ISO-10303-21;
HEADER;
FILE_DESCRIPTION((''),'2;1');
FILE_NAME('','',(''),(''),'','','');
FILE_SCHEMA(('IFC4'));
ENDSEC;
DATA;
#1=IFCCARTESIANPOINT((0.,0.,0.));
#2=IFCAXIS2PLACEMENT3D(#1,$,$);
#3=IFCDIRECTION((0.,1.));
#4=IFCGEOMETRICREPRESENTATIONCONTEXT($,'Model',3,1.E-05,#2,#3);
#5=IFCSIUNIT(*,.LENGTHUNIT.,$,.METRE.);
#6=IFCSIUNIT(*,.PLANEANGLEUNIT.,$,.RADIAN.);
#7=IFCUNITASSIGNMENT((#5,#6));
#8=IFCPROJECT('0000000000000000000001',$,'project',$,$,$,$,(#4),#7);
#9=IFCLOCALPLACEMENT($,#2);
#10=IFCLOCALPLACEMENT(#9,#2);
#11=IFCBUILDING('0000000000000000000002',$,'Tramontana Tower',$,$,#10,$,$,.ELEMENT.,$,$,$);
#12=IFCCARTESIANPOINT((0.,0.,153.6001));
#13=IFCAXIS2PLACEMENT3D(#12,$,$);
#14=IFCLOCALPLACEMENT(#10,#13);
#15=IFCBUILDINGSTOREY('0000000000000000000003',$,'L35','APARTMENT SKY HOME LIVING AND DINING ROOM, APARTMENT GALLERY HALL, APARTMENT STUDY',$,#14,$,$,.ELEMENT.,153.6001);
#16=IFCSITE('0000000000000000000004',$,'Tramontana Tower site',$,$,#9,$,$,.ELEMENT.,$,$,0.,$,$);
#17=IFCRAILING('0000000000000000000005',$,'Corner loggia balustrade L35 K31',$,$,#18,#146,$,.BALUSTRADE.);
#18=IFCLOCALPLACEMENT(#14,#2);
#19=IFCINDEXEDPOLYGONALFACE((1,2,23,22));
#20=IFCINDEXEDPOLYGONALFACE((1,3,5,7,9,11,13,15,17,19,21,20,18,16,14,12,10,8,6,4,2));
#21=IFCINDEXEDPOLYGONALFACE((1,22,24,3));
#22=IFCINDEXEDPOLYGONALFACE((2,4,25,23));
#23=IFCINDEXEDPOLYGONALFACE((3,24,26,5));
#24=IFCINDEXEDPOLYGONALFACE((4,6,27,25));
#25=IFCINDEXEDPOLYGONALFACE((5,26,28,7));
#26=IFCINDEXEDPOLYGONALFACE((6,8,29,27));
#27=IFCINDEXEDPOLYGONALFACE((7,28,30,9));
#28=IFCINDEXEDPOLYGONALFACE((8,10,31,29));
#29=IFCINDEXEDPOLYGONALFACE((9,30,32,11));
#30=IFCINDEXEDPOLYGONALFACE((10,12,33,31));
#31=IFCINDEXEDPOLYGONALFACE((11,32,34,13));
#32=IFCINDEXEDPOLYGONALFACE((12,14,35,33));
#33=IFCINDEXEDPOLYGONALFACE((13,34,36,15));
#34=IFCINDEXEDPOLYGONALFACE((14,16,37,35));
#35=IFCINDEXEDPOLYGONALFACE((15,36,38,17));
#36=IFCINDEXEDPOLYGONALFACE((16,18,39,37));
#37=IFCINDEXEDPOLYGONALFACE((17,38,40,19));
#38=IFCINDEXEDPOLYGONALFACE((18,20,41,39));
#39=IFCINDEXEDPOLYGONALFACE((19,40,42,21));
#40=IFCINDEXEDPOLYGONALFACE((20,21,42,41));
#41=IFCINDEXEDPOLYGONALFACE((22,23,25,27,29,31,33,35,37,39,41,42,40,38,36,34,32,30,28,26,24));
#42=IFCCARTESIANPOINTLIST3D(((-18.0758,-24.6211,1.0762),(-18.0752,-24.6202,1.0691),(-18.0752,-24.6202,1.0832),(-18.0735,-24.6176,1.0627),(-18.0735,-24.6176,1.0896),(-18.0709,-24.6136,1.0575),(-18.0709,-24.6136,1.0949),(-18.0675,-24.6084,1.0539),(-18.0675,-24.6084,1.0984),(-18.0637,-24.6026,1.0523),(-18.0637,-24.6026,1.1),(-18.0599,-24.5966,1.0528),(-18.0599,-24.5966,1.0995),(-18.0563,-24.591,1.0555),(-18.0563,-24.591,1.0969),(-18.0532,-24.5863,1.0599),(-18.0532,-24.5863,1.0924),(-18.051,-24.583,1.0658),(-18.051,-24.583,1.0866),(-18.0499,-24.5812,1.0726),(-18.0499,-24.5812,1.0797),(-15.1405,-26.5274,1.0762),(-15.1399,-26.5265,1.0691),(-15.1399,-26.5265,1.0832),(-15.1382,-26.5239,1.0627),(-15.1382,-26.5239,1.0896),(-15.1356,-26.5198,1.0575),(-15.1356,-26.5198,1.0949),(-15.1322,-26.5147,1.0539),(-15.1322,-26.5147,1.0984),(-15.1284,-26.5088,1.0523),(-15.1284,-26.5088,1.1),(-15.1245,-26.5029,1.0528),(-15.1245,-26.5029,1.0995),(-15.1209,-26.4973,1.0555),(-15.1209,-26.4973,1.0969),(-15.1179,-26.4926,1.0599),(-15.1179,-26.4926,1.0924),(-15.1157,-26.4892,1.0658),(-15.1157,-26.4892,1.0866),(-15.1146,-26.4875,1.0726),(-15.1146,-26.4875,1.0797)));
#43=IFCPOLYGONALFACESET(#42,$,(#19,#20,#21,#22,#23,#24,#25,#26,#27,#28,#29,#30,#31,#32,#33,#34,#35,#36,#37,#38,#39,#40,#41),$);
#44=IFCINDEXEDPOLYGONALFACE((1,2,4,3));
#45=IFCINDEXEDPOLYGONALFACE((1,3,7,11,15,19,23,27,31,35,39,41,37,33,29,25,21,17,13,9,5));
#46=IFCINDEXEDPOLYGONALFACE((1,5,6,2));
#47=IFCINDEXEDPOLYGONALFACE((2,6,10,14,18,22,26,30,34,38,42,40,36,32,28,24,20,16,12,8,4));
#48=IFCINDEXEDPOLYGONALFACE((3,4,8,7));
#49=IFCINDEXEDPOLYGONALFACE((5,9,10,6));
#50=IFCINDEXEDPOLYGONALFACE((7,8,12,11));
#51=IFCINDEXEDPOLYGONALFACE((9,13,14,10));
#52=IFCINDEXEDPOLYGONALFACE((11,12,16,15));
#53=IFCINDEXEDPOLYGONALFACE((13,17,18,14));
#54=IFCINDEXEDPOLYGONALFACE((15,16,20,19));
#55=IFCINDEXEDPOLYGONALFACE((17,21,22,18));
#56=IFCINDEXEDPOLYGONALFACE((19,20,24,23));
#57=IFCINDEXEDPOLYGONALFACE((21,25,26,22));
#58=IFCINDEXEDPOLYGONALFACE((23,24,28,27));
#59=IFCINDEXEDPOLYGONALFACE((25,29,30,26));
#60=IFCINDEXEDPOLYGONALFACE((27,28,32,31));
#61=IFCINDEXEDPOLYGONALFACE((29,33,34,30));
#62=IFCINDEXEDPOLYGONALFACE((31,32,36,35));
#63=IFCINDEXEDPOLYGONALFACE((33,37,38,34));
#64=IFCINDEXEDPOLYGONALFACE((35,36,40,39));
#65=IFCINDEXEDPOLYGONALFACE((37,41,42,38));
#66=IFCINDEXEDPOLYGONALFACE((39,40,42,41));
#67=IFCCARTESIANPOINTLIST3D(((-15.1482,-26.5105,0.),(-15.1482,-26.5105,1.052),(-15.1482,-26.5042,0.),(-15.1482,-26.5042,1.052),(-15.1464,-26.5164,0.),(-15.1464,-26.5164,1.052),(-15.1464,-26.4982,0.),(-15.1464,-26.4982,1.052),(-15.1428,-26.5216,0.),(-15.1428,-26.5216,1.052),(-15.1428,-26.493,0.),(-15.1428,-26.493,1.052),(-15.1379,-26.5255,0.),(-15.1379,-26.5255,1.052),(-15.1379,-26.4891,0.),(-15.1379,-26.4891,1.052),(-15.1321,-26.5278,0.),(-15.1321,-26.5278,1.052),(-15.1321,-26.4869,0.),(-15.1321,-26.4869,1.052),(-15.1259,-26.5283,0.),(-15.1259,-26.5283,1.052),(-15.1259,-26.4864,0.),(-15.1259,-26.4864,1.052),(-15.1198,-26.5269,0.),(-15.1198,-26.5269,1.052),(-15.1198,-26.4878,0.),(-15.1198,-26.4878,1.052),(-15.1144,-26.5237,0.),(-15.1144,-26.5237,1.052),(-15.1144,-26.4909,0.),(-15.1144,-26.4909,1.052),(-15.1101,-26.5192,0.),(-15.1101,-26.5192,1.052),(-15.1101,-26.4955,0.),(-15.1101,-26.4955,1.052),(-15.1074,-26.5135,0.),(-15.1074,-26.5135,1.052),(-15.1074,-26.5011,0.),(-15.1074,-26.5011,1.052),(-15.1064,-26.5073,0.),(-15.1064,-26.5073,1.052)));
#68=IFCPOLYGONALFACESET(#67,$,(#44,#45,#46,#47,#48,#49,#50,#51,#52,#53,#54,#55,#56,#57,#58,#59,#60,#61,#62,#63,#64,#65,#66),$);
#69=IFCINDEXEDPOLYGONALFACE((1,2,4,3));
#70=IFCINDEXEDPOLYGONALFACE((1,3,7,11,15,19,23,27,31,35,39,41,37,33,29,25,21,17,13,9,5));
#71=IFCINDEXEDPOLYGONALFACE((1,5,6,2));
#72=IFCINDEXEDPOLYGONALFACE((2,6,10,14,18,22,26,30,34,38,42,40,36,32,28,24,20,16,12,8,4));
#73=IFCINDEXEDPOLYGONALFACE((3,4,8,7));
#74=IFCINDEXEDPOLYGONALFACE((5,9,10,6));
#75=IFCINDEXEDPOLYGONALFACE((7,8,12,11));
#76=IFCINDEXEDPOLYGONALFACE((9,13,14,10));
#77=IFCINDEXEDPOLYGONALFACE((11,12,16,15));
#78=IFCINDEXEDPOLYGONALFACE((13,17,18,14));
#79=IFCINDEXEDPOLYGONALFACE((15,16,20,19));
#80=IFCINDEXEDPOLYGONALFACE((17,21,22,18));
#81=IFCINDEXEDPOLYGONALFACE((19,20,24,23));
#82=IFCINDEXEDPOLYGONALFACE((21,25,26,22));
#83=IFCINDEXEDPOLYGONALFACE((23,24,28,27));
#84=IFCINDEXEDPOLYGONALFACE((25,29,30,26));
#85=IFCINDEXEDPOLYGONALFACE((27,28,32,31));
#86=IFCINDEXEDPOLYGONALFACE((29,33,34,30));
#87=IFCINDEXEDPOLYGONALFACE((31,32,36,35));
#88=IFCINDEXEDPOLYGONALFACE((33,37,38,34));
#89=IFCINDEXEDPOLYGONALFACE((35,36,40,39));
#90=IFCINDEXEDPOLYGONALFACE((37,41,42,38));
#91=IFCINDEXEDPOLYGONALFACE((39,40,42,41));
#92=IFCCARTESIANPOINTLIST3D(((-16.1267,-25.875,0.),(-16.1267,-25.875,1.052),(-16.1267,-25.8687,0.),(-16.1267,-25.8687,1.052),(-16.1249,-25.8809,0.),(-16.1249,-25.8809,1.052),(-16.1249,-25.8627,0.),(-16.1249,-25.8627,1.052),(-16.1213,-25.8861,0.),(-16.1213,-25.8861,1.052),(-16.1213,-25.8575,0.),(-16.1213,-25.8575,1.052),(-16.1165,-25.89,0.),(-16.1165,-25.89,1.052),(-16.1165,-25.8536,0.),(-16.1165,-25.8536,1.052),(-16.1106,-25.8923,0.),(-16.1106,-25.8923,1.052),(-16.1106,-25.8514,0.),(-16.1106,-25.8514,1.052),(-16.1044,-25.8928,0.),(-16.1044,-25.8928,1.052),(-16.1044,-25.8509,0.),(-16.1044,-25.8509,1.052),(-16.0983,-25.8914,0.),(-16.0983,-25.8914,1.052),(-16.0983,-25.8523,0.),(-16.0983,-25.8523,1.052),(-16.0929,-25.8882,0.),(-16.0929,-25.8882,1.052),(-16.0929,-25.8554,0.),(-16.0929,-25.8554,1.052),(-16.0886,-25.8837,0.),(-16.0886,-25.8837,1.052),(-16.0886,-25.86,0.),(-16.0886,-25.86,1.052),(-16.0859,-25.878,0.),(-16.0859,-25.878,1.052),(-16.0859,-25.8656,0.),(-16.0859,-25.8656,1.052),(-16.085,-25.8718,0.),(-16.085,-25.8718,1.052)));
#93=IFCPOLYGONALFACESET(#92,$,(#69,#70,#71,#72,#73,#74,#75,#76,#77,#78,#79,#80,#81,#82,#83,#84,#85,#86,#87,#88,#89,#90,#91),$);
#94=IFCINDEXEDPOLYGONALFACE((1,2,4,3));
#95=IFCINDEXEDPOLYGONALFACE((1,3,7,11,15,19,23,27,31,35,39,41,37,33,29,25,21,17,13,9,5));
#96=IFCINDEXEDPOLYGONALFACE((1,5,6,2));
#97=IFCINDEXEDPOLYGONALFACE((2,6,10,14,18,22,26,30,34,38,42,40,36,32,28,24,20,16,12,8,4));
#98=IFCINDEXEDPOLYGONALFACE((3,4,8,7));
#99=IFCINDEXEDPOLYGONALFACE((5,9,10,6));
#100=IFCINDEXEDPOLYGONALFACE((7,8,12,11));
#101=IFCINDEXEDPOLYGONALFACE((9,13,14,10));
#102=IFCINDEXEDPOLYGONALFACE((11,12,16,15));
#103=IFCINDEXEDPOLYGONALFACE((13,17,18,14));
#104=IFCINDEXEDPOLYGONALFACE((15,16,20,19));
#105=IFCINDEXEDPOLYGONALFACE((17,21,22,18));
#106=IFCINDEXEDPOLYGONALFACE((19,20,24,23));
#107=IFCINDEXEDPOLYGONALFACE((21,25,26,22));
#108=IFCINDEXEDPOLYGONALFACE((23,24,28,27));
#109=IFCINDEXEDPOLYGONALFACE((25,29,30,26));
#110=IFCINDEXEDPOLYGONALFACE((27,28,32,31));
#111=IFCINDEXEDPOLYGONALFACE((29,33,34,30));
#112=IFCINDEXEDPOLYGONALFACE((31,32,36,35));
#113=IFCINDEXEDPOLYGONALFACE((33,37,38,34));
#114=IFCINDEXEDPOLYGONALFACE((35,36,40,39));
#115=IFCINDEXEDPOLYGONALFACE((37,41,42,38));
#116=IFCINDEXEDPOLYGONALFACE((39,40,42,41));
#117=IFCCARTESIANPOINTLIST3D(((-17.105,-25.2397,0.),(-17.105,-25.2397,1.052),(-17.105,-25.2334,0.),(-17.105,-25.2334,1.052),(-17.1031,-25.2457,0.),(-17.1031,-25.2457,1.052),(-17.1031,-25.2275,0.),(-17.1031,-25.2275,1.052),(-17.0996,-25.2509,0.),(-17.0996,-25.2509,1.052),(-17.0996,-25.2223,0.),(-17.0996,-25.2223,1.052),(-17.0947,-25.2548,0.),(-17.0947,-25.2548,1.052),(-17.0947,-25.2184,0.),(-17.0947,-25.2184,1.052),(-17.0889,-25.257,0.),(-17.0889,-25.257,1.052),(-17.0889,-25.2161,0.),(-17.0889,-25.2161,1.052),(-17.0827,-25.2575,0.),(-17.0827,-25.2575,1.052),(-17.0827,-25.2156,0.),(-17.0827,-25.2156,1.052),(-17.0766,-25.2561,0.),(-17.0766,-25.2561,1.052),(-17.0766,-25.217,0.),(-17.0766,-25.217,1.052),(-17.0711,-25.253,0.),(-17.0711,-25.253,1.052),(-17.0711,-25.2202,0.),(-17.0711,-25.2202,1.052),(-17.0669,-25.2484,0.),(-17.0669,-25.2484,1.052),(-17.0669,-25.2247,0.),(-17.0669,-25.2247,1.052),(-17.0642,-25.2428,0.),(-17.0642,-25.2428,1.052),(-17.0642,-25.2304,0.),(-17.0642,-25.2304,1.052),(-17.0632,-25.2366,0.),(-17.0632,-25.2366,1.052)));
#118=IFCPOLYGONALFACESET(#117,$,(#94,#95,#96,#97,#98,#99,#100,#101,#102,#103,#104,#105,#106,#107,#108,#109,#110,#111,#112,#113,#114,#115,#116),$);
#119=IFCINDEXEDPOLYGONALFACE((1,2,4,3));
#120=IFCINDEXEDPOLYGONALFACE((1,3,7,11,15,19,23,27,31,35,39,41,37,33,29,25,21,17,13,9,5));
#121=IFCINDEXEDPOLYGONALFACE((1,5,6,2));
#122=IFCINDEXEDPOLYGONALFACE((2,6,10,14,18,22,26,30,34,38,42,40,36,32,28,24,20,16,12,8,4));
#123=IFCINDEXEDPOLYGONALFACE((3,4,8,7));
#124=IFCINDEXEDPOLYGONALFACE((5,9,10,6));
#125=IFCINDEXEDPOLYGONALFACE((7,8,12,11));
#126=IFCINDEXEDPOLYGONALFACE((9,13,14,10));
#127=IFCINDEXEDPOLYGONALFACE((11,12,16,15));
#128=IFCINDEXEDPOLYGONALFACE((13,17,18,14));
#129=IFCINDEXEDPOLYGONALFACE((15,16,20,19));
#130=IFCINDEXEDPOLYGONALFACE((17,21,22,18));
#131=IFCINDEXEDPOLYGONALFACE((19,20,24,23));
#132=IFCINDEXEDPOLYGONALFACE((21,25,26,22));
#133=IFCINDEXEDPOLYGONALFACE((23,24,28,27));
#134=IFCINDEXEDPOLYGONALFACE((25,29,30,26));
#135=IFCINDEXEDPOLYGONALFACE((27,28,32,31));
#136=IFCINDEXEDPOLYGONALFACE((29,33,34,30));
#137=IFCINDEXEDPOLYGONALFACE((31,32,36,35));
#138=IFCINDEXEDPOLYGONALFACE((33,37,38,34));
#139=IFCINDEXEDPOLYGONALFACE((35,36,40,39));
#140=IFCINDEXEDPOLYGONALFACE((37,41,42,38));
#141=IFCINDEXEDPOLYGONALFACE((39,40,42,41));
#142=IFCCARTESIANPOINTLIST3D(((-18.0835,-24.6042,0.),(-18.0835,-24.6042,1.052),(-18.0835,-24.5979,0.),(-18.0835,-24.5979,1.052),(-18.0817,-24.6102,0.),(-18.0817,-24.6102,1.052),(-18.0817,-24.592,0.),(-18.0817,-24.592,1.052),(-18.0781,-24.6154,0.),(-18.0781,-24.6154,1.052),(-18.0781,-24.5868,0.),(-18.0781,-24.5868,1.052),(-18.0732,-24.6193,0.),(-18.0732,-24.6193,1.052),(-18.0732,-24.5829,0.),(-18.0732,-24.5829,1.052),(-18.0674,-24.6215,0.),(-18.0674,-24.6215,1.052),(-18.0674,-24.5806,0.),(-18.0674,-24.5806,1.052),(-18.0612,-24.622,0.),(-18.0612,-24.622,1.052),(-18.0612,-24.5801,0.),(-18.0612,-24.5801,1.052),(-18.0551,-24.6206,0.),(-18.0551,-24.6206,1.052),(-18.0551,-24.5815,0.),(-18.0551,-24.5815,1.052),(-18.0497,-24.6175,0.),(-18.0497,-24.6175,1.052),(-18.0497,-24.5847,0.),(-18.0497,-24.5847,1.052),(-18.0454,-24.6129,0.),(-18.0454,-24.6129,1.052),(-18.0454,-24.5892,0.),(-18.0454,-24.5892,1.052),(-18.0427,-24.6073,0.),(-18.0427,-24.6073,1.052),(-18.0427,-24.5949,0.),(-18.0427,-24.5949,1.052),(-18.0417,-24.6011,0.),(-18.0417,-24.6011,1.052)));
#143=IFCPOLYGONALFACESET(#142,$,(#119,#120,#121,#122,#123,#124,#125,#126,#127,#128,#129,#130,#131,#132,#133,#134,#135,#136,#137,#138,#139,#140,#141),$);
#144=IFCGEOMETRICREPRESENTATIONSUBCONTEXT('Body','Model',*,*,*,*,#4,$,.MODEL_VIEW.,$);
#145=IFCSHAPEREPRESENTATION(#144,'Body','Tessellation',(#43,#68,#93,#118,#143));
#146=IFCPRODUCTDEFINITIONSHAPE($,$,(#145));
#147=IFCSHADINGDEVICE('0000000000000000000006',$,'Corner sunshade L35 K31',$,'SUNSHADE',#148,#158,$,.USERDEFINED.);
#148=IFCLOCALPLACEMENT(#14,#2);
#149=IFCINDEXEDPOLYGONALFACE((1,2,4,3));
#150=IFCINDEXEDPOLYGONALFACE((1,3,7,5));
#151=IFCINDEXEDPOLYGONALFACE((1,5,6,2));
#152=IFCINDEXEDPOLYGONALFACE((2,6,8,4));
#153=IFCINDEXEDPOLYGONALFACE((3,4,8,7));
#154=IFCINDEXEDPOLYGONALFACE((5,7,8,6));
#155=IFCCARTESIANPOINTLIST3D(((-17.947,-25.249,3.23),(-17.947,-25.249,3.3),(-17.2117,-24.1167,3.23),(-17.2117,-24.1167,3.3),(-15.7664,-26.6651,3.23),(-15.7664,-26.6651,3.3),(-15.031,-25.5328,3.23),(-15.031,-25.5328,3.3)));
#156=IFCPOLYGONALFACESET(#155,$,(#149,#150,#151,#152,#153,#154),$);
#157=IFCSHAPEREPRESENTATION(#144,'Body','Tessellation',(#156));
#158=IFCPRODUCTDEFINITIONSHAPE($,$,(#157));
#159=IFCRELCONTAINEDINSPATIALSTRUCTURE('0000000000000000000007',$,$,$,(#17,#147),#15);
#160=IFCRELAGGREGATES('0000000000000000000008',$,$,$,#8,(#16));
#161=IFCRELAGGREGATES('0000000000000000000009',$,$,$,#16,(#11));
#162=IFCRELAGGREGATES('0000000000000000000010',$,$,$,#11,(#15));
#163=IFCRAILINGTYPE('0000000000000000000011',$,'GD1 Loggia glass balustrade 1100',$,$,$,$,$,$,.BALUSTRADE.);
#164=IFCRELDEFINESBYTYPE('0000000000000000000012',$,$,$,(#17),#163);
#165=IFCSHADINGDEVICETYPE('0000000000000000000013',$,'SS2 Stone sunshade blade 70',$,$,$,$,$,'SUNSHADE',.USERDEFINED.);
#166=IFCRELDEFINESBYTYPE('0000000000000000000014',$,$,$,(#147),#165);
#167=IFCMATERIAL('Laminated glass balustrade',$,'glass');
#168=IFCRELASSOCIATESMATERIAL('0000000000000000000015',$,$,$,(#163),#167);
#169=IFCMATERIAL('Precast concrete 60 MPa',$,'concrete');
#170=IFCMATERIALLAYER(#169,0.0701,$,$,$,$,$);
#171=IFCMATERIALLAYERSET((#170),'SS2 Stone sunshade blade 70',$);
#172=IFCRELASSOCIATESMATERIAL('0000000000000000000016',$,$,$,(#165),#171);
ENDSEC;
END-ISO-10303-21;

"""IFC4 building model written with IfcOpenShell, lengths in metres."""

from ifc_helpers import new_model, si_unit, direction, frame, origin, origin_2d, place, context, subcontext, project, spatial, rectangle, circle, extrude, material, layer, layer_set, type_object, element, save


model = new_model("IFC4")

# Units and contexts
model_context = context("Model", 3, precision=1e-05, world=origin(), true_north=direction((0.0, 1.0)))
body_context = subcontext(model_context, "Body", "Model", "MODEL_VIEW")
ifc_project = project(units=[si_unit("LENGTHUNIT", "METRE"), si_unit("PLANEANGLEUNIT", "RADIAN")], contexts=[model_context])

# Site, building, storey
site_placement = place(None, origin())
site = spatial("IfcSite", under=ifc_project, at=site_placement, Name="Tramontana Tower site", CompositionType="ELEMENT", RefElevation=0.0)
building_placement = place(site_placement, origin())
building = spatial("IfcBuilding", under=site, at=building_placement, Name="Tramontana Tower", CompositionType="ELEMENT")
storey_placement = place(building_placement, frame((0.0, 0.0, 153.6001)))
storey = spatial("IfcBuildingStorey", under=building, at=storey_placement, Name="L35", Description="APARTMENT SKY HOME LIVING AND DINING ROOM, APARTMENT GALLERY HALL, APARTMENT STUDY", CompositionType="ELEMENT", Elevation=153.6001)

# Railing
ifc_material_1 = material(Name="Laminated glass balustrade", Category="glass")
railing_type = type_object("IfcRailingType", Name="GD1 Loggia glass balustrade 1100", PredefinedType="BALUSTRADE", material=ifc_material_1)
railing_1_placement = place(storey_placement, frame((-15.1274, -26.5073, 0.0)))
element("IfcRailing", 1, at=railing_1_placement, inside=storey, type_object=railing_type, Name="Corner loggia balustrade L35 K31", PredefinedType="BALUSTRADE", context=body_context, shape_type="SweptSolid", body=[
    extrude(circle(Radius=0.0239, at=origin_2d()), frame((0.0, 0.0, 1.0762), z_axis=(-0.838665, 0.544647, 0.0), x_axis=(-0.544647, -0.838665, 0.0)), (0.0, 0.0, 1.0), 3.5),
    extrude(circle(Radius=0.021, at=origin_2d()), origin(), (0.0, 0.0, 1.0), 1.052),
    extrude(circle(Radius=0.021, at=origin_2d()), frame((-0.9785, 0.6355, 0.0)), (0.0, 0.0, 1.0), 1.052),
    extrude(circle(Radius=0.021, at=origin_2d()), frame((-1.9568, 1.2708, 0.0)), (0.0, 0.0, 1.0), 1.052),
    extrude(circle(Radius=0.021, at=origin_2d()), frame((-2.9353, 1.9062, 0.0)), (0.0, 0.0, 1.0), 1.052),
])

# Shading device
ifc_material_2 = material(Name="Precast concrete 60 MPa", Category="concrete")
ifc_layer_1 = layer(ifc_material_2, 0.0701)
ifc_layer_set_1 = layer_set([ifc_layer_1], Name="SS2 Stone sunshade blade 70")
shading_device_type = type_object("IfcShadingDeviceType", Name="SS2 Stone sunshade blade 70", ElementType="SUNSHADE", PredefinedType="USERDEFINED", material=ifc_layer_set_1)
shading_device_placement = place(storey_placement, frame((-16.489, -25.3909, 3.23), z_axis=(0.0, 0.0, 1.0), x_axis=(-0.838671, 0.544639, 0.0)))
element("IfcShadingDevice", 2, at=shading_device_placement, inside=storey, type_object=shading_device_type, Name="Corner sunshade L35 K31", ObjectType="SUNSHADE", PredefinedType="USERDEFINED", context=body_context, shape_type="SweptSolid", body=[
    extrude(rectangle(XDim=2.6001, YDim=1.3501, at=origin_2d()), origin(), (0.0, 0.0, 1.0), 0.0701),
])

save(model, "model.ifc")
